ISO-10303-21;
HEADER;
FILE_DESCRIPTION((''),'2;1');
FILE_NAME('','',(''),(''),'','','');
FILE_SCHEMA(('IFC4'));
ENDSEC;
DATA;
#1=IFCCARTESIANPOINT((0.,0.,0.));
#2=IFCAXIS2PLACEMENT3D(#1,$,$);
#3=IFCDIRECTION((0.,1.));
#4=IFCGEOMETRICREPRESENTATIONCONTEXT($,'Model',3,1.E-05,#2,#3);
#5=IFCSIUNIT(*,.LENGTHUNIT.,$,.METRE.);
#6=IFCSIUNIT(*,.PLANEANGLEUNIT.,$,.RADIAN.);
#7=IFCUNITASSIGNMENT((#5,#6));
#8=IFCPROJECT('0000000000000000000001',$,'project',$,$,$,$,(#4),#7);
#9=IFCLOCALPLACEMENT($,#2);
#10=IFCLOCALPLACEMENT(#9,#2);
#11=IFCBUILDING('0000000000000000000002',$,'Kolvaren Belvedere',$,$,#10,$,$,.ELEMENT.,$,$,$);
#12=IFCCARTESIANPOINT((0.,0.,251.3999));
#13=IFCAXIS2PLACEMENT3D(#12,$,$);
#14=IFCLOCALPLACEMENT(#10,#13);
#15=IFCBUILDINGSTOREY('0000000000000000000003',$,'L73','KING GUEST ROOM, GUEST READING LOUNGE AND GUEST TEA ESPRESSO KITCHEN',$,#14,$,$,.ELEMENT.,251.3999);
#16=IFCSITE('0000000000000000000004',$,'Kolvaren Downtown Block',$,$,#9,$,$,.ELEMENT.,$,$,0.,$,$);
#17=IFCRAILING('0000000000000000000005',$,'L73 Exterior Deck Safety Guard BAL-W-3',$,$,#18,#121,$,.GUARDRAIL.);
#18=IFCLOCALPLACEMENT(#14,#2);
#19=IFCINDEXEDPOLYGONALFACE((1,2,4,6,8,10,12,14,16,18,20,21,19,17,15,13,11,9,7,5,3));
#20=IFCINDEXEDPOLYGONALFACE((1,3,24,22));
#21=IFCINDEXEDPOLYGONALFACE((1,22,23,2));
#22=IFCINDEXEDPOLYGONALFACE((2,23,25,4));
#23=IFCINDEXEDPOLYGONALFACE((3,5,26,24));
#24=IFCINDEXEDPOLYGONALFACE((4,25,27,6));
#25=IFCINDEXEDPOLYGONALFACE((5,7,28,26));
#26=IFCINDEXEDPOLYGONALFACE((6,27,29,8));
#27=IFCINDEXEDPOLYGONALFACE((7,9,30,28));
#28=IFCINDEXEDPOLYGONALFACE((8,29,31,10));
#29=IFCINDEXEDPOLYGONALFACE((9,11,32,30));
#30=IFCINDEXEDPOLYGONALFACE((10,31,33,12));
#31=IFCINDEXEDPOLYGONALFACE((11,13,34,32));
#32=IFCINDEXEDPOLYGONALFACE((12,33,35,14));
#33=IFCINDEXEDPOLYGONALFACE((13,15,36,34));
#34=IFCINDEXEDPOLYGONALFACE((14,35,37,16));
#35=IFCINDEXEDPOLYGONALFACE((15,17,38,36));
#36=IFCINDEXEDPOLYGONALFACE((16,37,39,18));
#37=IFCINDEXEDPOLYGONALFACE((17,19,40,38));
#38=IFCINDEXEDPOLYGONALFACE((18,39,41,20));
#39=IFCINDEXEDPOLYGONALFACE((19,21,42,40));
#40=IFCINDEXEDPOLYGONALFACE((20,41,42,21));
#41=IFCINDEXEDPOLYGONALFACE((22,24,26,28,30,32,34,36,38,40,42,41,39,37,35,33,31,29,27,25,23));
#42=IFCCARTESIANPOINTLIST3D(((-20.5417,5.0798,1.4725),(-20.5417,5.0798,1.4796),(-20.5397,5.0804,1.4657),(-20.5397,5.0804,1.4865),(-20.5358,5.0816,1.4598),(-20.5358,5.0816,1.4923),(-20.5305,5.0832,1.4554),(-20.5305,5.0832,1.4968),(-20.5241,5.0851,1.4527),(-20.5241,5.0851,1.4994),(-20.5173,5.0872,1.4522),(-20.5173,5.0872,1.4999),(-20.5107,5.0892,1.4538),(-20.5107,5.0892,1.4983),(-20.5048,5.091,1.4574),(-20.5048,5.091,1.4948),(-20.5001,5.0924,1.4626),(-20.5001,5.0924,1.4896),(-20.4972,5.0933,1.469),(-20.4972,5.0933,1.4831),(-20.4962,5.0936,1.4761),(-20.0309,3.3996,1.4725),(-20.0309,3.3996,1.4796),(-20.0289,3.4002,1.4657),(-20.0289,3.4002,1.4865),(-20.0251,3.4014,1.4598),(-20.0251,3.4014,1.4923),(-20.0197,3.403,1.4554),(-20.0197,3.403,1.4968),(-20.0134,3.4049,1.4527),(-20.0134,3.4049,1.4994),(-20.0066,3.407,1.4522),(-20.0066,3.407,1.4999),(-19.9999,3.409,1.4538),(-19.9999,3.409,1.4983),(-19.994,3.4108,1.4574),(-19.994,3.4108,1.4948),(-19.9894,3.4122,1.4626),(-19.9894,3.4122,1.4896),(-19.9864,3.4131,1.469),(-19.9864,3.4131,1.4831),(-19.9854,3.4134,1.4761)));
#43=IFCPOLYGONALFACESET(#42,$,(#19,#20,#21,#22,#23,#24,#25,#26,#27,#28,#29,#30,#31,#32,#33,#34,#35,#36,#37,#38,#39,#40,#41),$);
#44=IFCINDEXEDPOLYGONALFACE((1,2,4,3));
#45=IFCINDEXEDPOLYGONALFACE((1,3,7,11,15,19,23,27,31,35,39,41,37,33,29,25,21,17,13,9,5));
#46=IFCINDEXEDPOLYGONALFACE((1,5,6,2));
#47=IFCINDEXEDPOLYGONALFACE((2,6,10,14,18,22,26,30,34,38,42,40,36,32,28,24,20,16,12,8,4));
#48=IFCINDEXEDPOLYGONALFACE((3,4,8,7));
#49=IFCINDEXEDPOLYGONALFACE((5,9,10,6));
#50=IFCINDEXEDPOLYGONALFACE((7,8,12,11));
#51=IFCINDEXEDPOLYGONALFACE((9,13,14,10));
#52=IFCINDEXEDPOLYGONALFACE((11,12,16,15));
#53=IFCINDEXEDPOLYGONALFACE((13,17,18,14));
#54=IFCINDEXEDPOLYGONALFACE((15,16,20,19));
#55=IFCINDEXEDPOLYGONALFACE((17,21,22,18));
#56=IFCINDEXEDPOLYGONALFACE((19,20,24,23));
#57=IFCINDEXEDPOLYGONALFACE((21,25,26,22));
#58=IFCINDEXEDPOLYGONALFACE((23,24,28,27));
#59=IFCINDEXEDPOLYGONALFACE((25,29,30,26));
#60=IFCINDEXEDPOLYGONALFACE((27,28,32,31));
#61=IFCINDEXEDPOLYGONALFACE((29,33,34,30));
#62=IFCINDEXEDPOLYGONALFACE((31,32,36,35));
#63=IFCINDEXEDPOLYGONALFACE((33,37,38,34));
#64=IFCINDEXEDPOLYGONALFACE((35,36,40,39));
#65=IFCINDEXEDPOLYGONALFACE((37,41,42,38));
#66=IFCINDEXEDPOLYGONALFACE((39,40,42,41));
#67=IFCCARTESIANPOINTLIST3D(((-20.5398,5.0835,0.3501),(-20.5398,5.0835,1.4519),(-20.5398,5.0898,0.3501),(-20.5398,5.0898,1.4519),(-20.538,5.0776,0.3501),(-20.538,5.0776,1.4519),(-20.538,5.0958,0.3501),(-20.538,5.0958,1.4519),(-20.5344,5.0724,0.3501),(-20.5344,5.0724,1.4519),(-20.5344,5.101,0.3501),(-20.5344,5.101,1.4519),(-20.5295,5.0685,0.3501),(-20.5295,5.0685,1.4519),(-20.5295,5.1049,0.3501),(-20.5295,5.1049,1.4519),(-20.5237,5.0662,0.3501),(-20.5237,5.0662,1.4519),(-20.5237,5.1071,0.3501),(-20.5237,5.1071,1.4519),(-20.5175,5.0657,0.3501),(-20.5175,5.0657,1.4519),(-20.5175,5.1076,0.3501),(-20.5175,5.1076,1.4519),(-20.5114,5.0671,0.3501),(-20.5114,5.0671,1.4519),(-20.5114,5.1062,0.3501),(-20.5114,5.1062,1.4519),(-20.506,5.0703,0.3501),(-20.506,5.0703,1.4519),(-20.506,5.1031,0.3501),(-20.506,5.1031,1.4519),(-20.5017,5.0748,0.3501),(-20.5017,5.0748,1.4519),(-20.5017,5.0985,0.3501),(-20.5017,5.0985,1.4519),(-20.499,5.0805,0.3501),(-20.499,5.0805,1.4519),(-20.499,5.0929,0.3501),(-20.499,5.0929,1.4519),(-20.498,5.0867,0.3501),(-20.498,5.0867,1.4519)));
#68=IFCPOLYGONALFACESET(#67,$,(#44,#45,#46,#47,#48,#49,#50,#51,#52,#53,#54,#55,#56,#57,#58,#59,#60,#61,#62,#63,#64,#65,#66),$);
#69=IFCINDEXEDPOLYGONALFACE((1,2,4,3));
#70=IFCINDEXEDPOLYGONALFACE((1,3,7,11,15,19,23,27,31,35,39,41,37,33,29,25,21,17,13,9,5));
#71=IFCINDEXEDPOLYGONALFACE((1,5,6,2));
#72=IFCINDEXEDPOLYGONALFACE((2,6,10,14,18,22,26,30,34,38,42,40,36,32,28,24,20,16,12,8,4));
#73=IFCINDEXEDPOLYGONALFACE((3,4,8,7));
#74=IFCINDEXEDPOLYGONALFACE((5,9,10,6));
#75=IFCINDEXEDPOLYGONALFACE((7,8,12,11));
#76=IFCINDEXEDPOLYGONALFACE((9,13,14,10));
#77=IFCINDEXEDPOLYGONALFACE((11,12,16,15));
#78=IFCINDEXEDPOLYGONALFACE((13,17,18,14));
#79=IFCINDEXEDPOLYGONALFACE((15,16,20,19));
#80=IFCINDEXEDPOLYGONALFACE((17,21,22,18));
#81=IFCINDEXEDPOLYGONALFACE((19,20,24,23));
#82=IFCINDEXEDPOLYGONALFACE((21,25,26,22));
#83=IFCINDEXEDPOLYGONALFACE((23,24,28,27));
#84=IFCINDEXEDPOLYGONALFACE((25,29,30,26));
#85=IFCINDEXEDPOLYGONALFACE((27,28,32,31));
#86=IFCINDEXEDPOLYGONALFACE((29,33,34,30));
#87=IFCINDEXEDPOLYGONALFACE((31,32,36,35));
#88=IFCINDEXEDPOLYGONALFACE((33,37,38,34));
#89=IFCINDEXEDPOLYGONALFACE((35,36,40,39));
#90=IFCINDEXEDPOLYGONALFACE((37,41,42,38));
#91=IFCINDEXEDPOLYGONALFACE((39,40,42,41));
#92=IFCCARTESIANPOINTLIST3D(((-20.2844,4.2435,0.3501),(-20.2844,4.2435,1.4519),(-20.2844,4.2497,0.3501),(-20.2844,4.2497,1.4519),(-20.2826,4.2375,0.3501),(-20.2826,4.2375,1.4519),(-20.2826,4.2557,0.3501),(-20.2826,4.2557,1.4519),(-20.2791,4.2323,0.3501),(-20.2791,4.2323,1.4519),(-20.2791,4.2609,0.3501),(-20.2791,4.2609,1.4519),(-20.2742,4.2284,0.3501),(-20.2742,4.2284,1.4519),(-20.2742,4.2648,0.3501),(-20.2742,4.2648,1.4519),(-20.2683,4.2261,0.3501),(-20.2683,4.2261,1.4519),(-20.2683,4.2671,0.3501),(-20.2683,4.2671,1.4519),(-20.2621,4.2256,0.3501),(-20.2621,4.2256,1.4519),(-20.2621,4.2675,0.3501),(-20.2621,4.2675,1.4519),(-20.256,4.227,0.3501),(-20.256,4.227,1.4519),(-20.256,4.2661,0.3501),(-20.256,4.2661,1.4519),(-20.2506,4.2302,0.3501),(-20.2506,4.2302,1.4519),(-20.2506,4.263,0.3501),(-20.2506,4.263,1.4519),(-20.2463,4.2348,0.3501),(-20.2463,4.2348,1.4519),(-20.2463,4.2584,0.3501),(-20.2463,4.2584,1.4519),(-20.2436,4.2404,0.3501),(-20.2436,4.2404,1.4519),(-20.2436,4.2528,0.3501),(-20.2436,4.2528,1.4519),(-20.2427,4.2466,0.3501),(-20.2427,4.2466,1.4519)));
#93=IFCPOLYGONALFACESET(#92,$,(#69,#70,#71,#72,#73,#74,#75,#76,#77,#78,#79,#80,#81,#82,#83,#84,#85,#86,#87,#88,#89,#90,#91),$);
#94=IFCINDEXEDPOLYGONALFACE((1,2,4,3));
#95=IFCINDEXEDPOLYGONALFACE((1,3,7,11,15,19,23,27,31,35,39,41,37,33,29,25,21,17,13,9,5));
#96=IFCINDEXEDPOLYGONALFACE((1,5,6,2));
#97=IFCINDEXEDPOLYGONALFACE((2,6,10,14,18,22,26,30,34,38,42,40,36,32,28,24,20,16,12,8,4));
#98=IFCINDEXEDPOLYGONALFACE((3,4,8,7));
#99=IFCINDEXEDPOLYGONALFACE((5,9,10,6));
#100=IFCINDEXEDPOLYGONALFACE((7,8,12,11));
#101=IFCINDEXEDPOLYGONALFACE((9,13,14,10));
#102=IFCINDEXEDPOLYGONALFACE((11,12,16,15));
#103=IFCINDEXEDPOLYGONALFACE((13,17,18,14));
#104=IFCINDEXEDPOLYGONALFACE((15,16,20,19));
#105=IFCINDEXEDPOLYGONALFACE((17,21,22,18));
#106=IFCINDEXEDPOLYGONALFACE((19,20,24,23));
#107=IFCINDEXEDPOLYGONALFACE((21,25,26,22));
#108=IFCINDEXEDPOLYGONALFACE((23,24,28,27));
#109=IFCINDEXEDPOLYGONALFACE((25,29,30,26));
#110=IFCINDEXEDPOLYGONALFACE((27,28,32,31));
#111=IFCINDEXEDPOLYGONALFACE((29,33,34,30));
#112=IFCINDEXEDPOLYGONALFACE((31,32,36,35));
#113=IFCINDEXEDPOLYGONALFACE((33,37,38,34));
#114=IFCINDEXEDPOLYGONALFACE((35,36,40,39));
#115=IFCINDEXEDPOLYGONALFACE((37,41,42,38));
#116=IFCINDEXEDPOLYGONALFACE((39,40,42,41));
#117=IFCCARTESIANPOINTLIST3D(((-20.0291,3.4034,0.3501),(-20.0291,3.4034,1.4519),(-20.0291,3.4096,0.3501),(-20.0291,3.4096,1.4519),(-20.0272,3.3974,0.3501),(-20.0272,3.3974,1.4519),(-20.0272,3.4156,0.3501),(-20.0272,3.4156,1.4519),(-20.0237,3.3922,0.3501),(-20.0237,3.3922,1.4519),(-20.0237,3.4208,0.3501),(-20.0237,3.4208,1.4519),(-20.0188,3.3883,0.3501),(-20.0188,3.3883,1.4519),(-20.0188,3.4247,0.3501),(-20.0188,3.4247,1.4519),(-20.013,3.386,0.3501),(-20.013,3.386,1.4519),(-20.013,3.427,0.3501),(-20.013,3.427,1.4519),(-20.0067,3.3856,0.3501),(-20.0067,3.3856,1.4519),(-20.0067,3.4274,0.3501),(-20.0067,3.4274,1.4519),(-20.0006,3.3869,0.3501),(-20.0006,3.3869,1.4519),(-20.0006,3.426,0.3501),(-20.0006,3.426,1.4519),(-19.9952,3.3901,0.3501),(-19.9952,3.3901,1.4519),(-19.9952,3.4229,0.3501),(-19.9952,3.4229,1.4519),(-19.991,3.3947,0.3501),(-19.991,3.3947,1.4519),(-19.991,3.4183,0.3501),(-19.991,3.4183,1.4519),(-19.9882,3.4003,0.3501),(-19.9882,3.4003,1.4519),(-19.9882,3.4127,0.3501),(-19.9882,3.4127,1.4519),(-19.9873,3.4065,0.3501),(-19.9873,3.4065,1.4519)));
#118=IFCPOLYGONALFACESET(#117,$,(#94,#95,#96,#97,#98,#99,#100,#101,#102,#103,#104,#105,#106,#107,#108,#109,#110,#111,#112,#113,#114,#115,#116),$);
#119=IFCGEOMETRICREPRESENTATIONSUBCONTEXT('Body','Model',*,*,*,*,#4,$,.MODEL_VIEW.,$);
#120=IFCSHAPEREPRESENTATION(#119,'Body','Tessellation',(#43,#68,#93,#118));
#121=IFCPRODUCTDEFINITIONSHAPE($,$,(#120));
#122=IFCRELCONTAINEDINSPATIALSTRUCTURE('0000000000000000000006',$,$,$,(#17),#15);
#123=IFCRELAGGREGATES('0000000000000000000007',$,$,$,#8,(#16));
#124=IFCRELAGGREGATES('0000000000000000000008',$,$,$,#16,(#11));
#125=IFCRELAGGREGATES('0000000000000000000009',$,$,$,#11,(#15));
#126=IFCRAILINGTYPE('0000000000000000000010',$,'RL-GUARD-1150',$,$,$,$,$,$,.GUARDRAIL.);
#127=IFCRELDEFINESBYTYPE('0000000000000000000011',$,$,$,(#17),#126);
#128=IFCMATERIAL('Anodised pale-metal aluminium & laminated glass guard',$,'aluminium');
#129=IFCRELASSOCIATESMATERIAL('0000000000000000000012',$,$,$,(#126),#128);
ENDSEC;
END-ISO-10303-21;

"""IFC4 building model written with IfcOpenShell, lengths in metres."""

from ifc_helpers import new_model, si_unit, direction, frame, origin, origin_2d, place, context, subcontext, project, spatial, circle, extrude, material, type_object, element, save


model = new_model("IFC4")

# Units and contexts
model_context = context("Model", 3, precision=1e-05, world=origin(), true_north=direction((0.0, 1.0)))
body_context = subcontext(model_context, "Body", "Model", "MODEL_VIEW")
ifc_project = project(units=[si_unit("LENGTHUNIT", "METRE"), si_unit("PLANEANGLEUNIT", "RADIAN")], contexts=[model_context])

# Site, building, storey
site_placement = place(None, origin())
site = spatial("IfcSite", under=ifc_project, at=site_placement, Name="Kolvaren Downtown Block", CompositionType="ELEMENT", RefElevation=0.0)
building_placement = place(site_placement, origin())
building = spatial("IfcBuilding", under=site, at=building_placement, Name="Kolvaren Belvedere", CompositionType="ELEMENT")
storey_placement = place(building_placement, frame((0.0, 0.0, 251.3999)))
storey = spatial("IfcBuildingStorey", under=building, at=storey_placement, Name="L73", Description="KING GUEST ROOM, GUEST READING LOUNGE AND GUEST TEA ESPRESSO KITCHEN", CompositionType="ELEMENT", Elevation=251.3999)

# Railing
ifc_material_1 = material(Name="Anodised pale-metal aluminium & laminated glass guard", Category="aluminium")
railing_type = type_object("IfcRailingType", Name="RL-GUARD-1150", PredefinedType="GUARDRAIL", material=ifc_material_1)
railing_1_placement = place(storey_placement, frame((-20.519, 5.0867, 0.3501)))
element("IfcRailing", 1, at=railing_1_placement, inside=storey, type_object=railing_type, Name="L73 Exterior Deck Safety Guard BAL-W-3", PredefinedType="GUARDRAIL", context=body_context, shape_type="SweptSolid", body=[
    extrude(circle(Radius=0.0239, at=origin_2d()), frame((0.0, 0.0, 1.126), z_axis=(0.290841, -0.956771, 0.0), x_axis=(0.956771, 0.290841, 0.0)), (0.0, 0.0, 1.0), 1.7561),
    extrude(circle(Radius=0.021, at=origin_2d()), origin(), (0.0, 0.0, 1.0), 1.1018),
    extrude(circle(Radius=0.021, at=origin_2d()), frame((0.2554, -0.8401, 0.0)), (0.0, 0.0, 1.0), 1.1018),
    extrude(circle(Radius=0.021, at=origin_2d()), frame((0.5107, -1.6802, 0.0)), (0.0, 0.0, 1.0), 1.1018),
])

save(model, "model.ifc")
